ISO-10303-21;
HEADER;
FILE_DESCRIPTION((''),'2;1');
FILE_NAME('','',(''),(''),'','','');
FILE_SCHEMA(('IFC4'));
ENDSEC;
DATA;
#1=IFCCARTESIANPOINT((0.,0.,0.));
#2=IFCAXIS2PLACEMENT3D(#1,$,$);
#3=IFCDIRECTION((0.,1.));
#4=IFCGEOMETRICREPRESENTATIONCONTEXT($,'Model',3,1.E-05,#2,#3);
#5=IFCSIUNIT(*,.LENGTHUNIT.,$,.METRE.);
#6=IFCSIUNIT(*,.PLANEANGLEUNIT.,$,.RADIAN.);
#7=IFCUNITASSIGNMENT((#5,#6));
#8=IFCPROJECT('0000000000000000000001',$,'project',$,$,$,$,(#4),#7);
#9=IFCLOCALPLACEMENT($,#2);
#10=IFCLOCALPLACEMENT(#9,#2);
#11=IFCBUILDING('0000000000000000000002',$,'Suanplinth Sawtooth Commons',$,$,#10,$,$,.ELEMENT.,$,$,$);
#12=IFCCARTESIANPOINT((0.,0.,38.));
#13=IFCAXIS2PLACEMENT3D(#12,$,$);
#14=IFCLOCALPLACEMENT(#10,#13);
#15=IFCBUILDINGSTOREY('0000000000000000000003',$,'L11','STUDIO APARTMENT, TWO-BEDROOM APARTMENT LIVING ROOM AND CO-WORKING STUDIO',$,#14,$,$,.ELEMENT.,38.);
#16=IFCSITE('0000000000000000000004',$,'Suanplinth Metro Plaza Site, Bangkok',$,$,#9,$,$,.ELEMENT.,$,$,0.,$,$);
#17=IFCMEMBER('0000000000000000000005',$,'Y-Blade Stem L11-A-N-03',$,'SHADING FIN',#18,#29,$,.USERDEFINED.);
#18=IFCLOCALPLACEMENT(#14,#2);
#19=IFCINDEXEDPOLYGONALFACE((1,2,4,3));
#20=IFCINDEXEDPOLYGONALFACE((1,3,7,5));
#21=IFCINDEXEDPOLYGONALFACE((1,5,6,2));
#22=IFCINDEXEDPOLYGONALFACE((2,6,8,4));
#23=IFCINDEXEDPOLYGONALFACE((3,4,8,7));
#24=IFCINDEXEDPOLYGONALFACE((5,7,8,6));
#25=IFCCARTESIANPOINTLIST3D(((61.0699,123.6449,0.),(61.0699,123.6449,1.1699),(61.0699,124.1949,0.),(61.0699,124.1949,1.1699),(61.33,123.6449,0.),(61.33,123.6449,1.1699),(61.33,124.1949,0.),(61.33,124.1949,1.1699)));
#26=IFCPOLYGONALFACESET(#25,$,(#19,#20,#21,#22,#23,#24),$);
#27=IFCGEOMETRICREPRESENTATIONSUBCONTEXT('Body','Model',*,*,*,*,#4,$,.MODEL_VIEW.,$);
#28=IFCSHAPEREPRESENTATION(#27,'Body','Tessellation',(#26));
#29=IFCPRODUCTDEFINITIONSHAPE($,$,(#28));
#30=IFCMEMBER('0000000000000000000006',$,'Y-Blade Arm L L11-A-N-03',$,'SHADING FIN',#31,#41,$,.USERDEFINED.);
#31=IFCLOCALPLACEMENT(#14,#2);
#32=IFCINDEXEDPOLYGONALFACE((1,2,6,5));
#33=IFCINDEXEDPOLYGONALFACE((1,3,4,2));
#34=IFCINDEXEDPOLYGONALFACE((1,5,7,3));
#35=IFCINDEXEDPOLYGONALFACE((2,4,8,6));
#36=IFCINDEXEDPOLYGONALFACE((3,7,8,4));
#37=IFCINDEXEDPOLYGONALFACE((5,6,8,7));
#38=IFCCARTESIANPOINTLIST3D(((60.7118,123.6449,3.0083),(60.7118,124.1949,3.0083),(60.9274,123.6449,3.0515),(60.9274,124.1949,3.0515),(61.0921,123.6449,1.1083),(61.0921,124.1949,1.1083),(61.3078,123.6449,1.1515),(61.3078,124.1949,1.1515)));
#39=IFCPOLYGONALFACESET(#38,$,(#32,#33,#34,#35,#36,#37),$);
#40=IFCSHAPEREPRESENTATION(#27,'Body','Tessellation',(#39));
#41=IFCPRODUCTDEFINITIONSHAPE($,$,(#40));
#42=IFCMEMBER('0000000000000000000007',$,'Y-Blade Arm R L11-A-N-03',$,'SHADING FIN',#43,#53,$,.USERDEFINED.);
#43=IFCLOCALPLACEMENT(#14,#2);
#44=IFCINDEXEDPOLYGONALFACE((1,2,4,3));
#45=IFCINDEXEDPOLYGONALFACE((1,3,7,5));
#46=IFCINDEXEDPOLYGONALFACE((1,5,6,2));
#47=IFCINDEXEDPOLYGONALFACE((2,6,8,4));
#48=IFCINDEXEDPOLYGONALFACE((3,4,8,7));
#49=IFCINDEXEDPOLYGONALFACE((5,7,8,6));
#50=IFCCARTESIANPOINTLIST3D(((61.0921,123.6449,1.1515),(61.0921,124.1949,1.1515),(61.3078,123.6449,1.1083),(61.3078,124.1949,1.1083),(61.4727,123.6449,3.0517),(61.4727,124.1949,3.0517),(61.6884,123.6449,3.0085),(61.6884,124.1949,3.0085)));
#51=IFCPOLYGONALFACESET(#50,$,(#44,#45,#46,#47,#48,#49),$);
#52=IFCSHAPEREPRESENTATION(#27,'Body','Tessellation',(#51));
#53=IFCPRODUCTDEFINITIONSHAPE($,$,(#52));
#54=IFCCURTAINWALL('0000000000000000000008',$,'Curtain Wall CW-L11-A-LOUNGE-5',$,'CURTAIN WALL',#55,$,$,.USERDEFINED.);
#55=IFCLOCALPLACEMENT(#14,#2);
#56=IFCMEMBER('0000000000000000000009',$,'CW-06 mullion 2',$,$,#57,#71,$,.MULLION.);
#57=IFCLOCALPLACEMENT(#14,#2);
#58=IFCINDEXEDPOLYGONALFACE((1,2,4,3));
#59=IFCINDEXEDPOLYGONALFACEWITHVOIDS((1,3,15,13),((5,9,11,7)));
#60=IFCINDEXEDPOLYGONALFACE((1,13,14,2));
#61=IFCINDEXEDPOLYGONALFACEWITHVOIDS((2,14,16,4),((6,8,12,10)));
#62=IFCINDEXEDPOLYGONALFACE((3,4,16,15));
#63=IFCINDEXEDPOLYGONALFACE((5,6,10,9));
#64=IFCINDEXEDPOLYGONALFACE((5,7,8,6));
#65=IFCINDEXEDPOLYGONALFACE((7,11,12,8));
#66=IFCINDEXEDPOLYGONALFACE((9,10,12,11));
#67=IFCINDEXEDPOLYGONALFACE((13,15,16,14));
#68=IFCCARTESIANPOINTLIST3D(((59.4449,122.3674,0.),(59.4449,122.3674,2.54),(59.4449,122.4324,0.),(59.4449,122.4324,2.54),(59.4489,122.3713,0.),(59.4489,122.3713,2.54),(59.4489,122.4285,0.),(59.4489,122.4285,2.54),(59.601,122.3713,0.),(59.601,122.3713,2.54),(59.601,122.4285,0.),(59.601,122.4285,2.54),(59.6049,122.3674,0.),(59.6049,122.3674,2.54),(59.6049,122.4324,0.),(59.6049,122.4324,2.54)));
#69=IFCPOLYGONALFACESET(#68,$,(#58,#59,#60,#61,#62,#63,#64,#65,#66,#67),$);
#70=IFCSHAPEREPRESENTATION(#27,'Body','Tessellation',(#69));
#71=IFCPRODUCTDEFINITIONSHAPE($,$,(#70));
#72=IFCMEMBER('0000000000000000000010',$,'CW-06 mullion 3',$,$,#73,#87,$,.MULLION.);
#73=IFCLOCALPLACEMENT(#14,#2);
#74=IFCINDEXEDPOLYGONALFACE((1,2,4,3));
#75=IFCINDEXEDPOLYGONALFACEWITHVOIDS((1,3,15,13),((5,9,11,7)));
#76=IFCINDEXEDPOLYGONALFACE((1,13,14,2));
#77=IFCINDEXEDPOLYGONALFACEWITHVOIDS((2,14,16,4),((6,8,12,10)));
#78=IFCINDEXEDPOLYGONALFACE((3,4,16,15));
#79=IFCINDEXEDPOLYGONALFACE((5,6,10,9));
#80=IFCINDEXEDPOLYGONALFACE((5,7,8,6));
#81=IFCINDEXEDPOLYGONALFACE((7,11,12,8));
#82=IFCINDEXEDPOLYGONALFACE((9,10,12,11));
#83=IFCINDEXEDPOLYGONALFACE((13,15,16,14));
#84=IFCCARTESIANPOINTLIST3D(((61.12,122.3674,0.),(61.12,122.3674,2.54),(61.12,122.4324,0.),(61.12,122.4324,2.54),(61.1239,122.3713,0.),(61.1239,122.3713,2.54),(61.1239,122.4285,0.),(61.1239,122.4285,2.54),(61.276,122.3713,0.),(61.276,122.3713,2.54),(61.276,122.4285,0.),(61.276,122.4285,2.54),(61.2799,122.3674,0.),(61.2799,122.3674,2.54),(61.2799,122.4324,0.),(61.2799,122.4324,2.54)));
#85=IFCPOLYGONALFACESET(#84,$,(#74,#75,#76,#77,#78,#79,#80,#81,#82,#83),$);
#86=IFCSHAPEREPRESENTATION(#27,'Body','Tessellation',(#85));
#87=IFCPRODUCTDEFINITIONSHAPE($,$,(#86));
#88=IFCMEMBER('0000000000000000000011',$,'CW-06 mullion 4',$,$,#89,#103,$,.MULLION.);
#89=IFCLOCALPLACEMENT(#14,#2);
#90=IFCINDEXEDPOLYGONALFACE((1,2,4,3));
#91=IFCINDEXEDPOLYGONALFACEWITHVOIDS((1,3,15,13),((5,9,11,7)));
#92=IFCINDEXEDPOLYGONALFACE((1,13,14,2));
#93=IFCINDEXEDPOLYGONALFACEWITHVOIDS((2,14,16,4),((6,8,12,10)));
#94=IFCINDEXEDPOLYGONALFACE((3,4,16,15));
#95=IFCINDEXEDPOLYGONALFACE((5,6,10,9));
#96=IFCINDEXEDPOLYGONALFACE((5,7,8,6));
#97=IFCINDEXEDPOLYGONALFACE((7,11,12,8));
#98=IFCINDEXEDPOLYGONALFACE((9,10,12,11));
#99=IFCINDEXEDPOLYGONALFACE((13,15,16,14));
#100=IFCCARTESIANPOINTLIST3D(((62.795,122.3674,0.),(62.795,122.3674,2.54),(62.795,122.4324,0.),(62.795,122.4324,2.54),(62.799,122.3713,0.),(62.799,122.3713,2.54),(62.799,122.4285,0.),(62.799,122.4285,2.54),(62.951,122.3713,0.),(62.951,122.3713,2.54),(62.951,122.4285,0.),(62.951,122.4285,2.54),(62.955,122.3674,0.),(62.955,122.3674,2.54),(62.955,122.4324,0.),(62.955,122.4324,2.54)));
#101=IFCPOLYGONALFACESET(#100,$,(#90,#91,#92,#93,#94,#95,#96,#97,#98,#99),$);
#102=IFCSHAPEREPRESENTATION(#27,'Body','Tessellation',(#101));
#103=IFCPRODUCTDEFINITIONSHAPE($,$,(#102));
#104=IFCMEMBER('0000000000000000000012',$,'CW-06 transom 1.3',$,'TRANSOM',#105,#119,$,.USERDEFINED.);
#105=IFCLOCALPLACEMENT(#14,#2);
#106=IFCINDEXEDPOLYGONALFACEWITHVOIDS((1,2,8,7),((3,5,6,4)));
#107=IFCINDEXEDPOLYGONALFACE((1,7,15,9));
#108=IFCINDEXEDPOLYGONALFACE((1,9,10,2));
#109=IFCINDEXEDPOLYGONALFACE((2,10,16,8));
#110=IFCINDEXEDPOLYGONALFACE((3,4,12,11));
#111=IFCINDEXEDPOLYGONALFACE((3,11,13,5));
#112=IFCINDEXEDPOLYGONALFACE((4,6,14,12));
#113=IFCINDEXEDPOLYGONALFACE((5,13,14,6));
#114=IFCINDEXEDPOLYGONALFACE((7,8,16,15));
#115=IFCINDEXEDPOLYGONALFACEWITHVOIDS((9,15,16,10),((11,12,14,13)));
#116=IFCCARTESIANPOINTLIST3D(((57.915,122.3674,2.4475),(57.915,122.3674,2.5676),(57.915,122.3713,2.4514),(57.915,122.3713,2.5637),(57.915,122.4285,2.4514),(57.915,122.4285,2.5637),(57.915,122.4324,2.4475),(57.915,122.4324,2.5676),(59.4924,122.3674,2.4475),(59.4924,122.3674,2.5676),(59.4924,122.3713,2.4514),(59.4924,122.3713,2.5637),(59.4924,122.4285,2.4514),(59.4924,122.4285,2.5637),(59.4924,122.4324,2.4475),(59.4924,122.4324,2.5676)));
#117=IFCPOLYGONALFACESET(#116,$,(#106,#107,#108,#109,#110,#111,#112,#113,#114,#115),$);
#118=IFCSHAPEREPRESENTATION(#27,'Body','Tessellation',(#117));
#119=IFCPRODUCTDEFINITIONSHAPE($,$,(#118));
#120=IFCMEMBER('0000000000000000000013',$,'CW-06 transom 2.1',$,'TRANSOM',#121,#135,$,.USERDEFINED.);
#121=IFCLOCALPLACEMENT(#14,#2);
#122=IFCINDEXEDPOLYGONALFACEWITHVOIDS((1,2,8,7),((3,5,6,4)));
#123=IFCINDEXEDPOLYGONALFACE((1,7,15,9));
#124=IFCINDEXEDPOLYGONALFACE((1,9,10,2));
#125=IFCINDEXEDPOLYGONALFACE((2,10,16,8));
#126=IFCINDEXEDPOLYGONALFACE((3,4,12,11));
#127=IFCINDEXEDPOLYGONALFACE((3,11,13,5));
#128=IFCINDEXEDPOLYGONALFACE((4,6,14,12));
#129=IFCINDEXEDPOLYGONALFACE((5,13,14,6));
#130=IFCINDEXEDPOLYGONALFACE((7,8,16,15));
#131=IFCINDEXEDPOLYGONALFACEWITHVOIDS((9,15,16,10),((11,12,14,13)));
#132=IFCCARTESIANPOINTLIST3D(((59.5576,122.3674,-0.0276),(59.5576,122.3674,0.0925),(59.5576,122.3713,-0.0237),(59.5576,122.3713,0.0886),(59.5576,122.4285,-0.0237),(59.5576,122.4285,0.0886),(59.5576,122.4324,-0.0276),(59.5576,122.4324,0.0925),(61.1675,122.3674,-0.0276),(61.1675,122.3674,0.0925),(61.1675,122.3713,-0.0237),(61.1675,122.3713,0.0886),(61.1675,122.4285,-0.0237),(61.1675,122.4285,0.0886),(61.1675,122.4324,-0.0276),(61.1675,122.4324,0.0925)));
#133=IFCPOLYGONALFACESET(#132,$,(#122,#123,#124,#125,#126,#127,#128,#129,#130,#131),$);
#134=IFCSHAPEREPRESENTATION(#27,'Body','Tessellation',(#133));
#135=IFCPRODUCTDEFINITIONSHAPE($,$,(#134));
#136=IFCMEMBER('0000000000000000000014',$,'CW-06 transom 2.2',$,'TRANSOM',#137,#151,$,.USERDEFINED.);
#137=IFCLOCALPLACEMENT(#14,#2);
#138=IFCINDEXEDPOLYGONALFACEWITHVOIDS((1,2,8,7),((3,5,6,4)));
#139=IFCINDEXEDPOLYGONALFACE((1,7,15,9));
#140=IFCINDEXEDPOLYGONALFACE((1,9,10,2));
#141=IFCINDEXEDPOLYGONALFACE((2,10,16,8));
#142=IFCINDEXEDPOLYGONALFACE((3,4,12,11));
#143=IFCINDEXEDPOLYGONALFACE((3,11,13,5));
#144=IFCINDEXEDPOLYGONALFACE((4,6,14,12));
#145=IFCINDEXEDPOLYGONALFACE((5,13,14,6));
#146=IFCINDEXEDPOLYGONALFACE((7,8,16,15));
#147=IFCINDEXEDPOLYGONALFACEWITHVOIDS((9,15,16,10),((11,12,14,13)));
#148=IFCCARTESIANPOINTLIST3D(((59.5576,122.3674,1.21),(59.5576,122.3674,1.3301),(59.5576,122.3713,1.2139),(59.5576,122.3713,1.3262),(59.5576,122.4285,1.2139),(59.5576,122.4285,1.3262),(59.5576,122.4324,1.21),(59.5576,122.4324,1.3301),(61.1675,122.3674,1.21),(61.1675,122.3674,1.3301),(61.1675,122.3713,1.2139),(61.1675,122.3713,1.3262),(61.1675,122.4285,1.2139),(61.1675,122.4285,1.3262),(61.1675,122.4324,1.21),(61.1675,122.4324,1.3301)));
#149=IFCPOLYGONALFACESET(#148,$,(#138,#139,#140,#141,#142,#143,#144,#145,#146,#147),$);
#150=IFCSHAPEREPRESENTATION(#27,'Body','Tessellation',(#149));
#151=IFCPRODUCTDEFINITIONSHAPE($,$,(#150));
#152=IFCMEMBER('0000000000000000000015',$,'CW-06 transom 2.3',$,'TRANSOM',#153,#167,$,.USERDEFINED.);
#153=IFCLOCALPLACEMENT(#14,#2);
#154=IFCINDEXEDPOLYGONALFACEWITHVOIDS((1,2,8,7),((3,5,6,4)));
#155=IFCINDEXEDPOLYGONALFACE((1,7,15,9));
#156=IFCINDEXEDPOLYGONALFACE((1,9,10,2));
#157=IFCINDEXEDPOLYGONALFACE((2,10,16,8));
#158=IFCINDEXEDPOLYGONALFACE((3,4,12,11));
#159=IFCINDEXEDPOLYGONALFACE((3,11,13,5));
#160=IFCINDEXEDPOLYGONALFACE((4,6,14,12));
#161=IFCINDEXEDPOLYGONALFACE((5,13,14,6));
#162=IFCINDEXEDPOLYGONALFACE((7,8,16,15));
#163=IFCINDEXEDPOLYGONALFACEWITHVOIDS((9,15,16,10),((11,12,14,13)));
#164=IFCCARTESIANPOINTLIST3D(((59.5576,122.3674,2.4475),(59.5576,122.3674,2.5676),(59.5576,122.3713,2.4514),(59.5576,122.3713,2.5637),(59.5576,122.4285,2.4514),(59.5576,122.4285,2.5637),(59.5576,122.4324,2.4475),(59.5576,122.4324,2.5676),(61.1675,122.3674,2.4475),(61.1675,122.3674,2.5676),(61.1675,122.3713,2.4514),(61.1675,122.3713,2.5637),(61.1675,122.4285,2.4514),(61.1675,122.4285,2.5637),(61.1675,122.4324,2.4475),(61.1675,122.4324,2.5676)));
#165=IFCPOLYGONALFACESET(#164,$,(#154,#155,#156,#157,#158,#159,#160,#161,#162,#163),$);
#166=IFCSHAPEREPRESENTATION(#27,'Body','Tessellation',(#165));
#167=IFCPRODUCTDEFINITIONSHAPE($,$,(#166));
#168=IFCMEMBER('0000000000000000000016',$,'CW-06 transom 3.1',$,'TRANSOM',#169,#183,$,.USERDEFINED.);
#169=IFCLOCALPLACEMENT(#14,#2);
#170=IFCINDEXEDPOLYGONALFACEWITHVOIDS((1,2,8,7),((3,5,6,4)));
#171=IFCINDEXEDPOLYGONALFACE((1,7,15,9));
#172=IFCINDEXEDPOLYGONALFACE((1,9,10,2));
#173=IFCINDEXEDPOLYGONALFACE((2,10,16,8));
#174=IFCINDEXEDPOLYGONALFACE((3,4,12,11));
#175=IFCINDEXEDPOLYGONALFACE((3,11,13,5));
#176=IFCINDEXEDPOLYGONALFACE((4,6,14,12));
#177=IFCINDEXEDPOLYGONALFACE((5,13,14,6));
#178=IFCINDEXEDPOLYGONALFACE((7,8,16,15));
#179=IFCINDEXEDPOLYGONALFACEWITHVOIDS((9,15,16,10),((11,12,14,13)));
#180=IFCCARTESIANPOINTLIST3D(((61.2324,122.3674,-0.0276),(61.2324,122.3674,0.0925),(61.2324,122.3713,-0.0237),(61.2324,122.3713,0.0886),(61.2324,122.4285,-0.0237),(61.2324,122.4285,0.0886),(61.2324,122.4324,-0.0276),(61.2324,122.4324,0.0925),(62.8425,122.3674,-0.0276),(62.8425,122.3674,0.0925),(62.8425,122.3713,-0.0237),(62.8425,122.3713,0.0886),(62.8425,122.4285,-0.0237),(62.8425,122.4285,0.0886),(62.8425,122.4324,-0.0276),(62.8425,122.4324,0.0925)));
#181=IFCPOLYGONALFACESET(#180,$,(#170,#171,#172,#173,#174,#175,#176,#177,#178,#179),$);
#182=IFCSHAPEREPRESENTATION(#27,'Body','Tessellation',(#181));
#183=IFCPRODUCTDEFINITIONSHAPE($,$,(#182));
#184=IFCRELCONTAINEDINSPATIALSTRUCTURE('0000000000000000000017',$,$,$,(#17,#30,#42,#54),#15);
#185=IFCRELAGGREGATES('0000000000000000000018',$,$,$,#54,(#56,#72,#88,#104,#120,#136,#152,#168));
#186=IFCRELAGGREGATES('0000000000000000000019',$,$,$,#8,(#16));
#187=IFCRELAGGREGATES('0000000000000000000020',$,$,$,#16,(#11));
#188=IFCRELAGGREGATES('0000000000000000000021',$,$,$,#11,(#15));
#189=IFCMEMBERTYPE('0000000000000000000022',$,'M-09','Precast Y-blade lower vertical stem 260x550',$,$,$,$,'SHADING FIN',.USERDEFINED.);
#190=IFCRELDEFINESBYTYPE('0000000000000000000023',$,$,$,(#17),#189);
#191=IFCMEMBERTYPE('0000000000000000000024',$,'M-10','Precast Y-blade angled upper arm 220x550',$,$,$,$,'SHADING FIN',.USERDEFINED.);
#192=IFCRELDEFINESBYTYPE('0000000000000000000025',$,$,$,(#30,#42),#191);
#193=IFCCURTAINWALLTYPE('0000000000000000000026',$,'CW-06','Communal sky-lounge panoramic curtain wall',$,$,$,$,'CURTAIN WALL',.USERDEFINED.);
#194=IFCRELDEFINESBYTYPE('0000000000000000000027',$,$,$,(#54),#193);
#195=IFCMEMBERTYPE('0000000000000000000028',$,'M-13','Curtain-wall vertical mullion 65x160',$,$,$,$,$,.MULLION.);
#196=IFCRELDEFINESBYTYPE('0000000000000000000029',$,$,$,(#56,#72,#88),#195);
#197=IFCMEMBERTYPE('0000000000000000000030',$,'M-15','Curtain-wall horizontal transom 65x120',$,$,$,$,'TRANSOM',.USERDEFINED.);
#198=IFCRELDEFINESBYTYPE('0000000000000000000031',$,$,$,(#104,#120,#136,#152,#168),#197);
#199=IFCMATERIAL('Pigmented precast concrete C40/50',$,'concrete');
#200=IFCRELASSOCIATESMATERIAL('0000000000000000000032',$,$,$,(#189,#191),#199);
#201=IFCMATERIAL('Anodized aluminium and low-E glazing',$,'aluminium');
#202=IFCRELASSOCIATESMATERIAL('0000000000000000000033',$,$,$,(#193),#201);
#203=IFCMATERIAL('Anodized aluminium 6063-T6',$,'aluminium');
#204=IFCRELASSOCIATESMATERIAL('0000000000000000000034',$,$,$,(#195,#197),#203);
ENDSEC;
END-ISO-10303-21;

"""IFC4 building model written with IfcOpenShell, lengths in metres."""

from ifc_helpers import new_model, si_unit, direction, frame, origin, origin_2d, place, context, subcontext, project, spatial, rectangle, hollow_rectangle, extrude, material, material_profile, profile_set, type_object, element, aggregate, save


model = new_model("IFC4")

# Units and contexts
model_context = context("Model", 3, precision=1e-05, world=origin(), true_north=direction((0.0, 1.0)))
body_context = subcontext(model_context, "Body", "Model", "MODEL_VIEW")
ifc_project = project(units=[si_unit("LENGTHUNIT", "METRE"), si_unit("PLANEANGLEUNIT", "RADIAN")], contexts=[model_context])

# Site, building, storey
site_placement = place(None, origin())
site = spatial("IfcSite", under=ifc_project, at=site_placement, Name="Suanplinth Metro Plaza Site, Bangkok", CompositionType="ELEMENT", RefElevation=0.0)
building_placement = place(site_placement, origin())
building = spatial("IfcBuilding", under=site, at=building_placement, Name="Suanplinth Sawtooth Commons", CompositionType="ELEMENT")
storey_placement = place(building_placement, frame((0.0, 0.0, 38.0)))
storey = spatial("IfcBuildingStorey", under=building, at=storey_placement, Name="L11", Description="STUDIO APARTMENT, TWO-BEDROOM APARTMENT LIVING ROOM AND CO-WORKING STUDIO", CompositionType="ELEMENT", Elevation=38.0)

# Members
ifc_material_1 = material(Name="Pigmented precast concrete C40/50", Category="concrete")
ifc_material_profile_1 = material_profile(ifc_material_1, rectangle(XDim=0.26, YDim=0.55, at=origin_2d()), Name="PC-FIN 260x550")
ifc_profile_set_1 = profile_set([ifc_material_profile_1], Name="Pigmented precast concrete C40/50")
member_type_1 = type_object("IfcMemberType", Name="M-09", Description="Precast Y-blade lower vertical stem 260x550", ElementType="SHADING FIN", PredefinedType="USERDEFINED", material=ifc_profile_set_1)
member_1_placement = place(storey_placement, frame((61.2, 123.9199, 0.0), z_axis=(0.0, 0.0, 1.0), x_axis=(1.0, 0.0, 0.0)))
element("IfcMember", 1, at=member_1_placement, inside=storey, type_object=member_type_1, Name="Y-Blade Stem L11-A-N-03", ObjectType="SHADING FIN", PredefinedType="USERDEFINED", context=body_context, shape_type="SweptSolid", body=[
    extrude(rectangle(XDim=0.26, YDim=0.55, at=origin_2d()), origin(), (0.0, 0.0, 1.0), 1.1699),
])
ifc_material_profile_2 = material_profile(ifc_material_1, rectangle(XDim=0.22, YDim=0.55, at=origin_2d()), Name="PC-FIN 220x550")
ifc_profile_set_2 = profile_set([ifc_material_profile_2], Name="Pigmented precast concrete C40/50")
member_type_2 = type_object("IfcMemberType", Name="M-10", Description="Precast Y-blade angled upper arm 220x550", ElementType="SHADING FIN", PredefinedType="USERDEFINED", material=ifc_profile_set_2)
member_2_placement = place(storey_placement, frame((61.2, 123.9199, 1.1299), z_axis=(-0.196286, 0.0, 0.980547), x_axis=(0.980547, 0.0, 0.196286)))
element("IfcMember", 2, at=member_2_placement, inside=storey, type_object=member_type_2, Name="Y-Blade Arm L L11-A-N-03", ObjectType="SHADING FIN", PredefinedType="USERDEFINED", context=body_context, shape_type="SweptSolid", body=[
    extrude(rectangle(XDim=0.22, YDim=0.55, at=origin_2d()), origin(), (0.0, 0.0, 1.0), 1.9377),
])
member_3_placement = place(storey_placement, frame((61.2, 123.9199, 1.1299), z_axis=(0.196407, 0.0, 0.980522), x_axis=(-0.980522, 0.0, 0.196407)))
element("IfcMember", 3, at=member_3_placement, inside=storey, type_object=member_type_2, Name="Y-Blade Arm R L11-A-N-03", ObjectType="SHADING FIN", PredefinedType="USERDEFINED", context=body_context, shape_type="SweptSolid", body=[
    extrude(rectangle(XDim=0.22, YDim=0.55, at=origin_2d()), origin(), (0.0, 0.0, 1.0), 1.938),
])

# Curtain wall, members
ifc_material_2 = material(Name="Anodized aluminium and low-E glazing", Category="aluminium")
curtain_wall_type = type_object("IfcCurtainWallType", Name="CW-06", Description="Communal sky-lounge panoramic curtain wall", ElementType="CURTAIN WALL", PredefinedType="USERDEFINED", material=ifc_material_2)
curtain_wall_placement = place(storey_placement, origin())
curtain_wall = element("IfcCurtainWall", 4, at=curtain_wall_placement, inside=storey, type_object=curtain_wall_type, Name="Curtain Wall CW-L11-A-LOUNGE-5", ObjectType="CURTAIN WALL", PredefinedType="USERDEFINED")
ifc_material_3 = material(Name="Anodized aluminium 6063-T6", Category="aluminium")
ifc_material_profile_3 = material_profile(ifc_material_3, hollow_rectangle(XDim=0.0649, YDim=0.1599, WallThickness=0.0039, at=origin_2d()), Name="ALU-MUL 65x160")
ifc_profile_set_3 = profile_set([ifc_material_profile_3], Name="Anodized aluminium 6063-T6")
member_type_3 = type_object("IfcMemberType", Name="M-13", Description="Curtain-wall vertical mullion 65x160", PredefinedType="MULLION", material=ifc_profile_set_3)
member_4_placement = place(storey_placement, frame((59.5249, 122.3999, 0.0), z_axis=(0.0, 0.0, 1.0), x_axis=(0.0, 1.0, 0.0)))
member_4 = element("IfcMember", 5, at=member_4_placement, type_object=member_type_3, Name="CW-06 mullion 2", PredefinedType="MULLION", context=body_context, shape_type="SweptSolid", body=[
    extrude(hollow_rectangle(XDim=0.0649, YDim=0.1599, WallThickness=0.0039, at=origin_2d()), origin(), (0.0, 0.0, 1.0), 2.54),
])
member_5_placement = place(storey_placement, frame((61.2, 122.3999, 0.0), z_axis=(0.0, 0.0, 1.0), x_axis=(0.0, 1.0, 0.0)))
member_5 = element("IfcMember", 6, at=member_5_placement, type_object=member_type_3, Name="CW-06 mullion 3", PredefinedType="MULLION", context=body_context, shape_type="SweptSolid", body=[
    extrude(hollow_rectangle(XDim=0.0649, YDim=0.1599, WallThickness=0.0039, at=origin_2d()), origin(), (0.0, 0.0, 1.0), 2.54),
])
member_6_placement = place(storey_placement, frame((62.875, 122.3999, 0.0), z_axis=(0.0, 0.0, 1.0), x_axis=(0.0, 1.0, 0.0)))
member_6 = element("IfcMember", 7, at=member_6_placement, type_object=member_type_3, Name="CW-06 mullion 4", PredefinedType="MULLION", context=body_context, shape_type="SweptSolid", body=[
    extrude(hollow_rectangle(XDim=0.0649, YDim=0.1599, WallThickness=0.0039, at=origin_2d()), origin(), (0.0, 0.0, 1.0), 2.54),
])
ifc_material_profile_4 = material_profile(ifc_material_3, hollow_rectangle(XDim=0.0649, YDim=0.1201, WallThickness=0.0039, at=origin_2d()), Name="ALU-TRN 65x120")
ifc_profile_set_4 = profile_set([ifc_material_profile_4], Name="Anodized aluminium 6063-T6")
member_type_4 = type_object("IfcMemberType", Name="M-15", Description="Curtain-wall horizontal transom 65x120", ElementType="TRANSOM", PredefinedType="USERDEFINED", material=ifc_profile_set_4)
member_7_placement = place(storey_placement, frame((57.915, 122.3999, 2.5076), z_axis=(1.0, 0.0, 0.0), x_axis=(0.0, 1.0, 0.0)))
member_7 = element("IfcMember", 8, at=member_7_placement, type_object=member_type_4, Name="CW-06 transom 1.3", ObjectType="TRANSOM", PredefinedType="USERDEFINED", context=body_context, shape_type="SweptSolid", body=[
    extrude(hollow_rectangle(XDim=0.0649, YDim=0.1201, WallThickness=0.0039, at=origin_2d()), origin(), (0.0, 0.0, 1.0), 1.5774),
])
member_8_placement = place(storey_placement, frame((59.5576, 122.3999, 0.0325), z_axis=(1.0, 0.0, 0.0), x_axis=(0.0, 1.0, 0.0)))
member_8 = element("IfcMember", 9, at=member_8_placement, type_object=member_type_4, Name="CW-06 transom 2.1", ObjectType="TRANSOM", PredefinedType="USERDEFINED", context=body_context, shape_type="SweptSolid", body=[
    extrude(hollow_rectangle(XDim=0.0649, YDim=0.1201, WallThickness=0.0039, at=origin_2d()), origin(), (0.0, 0.0, 1.0), 1.6099),
])
member_9_placement = place(storey_placement, frame((59.5576, 122.3999, 1.27), z_axis=(1.0, 0.0, 0.0), x_axis=(0.0, 1.0, 0.0)))
member_9 = element("IfcMember", 10, at=member_9_placement, type_object=member_type_4, Name="CW-06 transom 2.2", ObjectType="TRANSOM", PredefinedType="USERDEFINED", context=body_context, shape_type="SweptSolid", body=[
    extrude(hollow_rectangle(XDim=0.0649, YDim=0.1201, WallThickness=0.0039, at=origin_2d()), origin(), (0.0, 0.0, 1.0), 1.6099),
])
member_10_placement = place(storey_placement, frame((59.5576, 122.3999, 2.5076), z_axis=(1.0, 0.0, 0.0), x_axis=(0.0, 1.0, 0.0)))
member_10 = element("IfcMember", 11, at=member_10_placement, type_object=member_type_4, Name="CW-06 transom 2.3", ObjectType="TRANSOM", PredefinedType="USERDEFINED", context=body_context, shape_type="SweptSolid", body=[
    extrude(hollow_rectangle(XDim=0.0649, YDim=0.1201, WallThickness=0.0039, at=origin_2d()), origin(), (0.0, 0.0, 1.0), 1.6099),
])
member_11_placement = place(storey_placement, frame((61.2324, 122.3999, 0.0325), z_axis=(1.0, 0.0, 0.0), x_axis=(0.0, 1.0, 0.0)))
member_11 = element("IfcMember", 12, at=member_11_placement, type_object=member_type_4, Name="CW-06 transom 3.1", ObjectType="TRANSOM", PredefinedType="USERDEFINED", context=body_context, shape_type="SweptSolid", body=[
    extrude(hollow_rectangle(XDim=0.0649, YDim=0.1201, WallThickness=0.0039, at=origin_2d()), origin(), (0.0, 0.0, 1.0), 1.6101),
])

aggregate(curtain_wall, [member_4, member_5, member_6, member_7, member_8, member_9, member_10, member_11])

save(model, "model.ifc")
